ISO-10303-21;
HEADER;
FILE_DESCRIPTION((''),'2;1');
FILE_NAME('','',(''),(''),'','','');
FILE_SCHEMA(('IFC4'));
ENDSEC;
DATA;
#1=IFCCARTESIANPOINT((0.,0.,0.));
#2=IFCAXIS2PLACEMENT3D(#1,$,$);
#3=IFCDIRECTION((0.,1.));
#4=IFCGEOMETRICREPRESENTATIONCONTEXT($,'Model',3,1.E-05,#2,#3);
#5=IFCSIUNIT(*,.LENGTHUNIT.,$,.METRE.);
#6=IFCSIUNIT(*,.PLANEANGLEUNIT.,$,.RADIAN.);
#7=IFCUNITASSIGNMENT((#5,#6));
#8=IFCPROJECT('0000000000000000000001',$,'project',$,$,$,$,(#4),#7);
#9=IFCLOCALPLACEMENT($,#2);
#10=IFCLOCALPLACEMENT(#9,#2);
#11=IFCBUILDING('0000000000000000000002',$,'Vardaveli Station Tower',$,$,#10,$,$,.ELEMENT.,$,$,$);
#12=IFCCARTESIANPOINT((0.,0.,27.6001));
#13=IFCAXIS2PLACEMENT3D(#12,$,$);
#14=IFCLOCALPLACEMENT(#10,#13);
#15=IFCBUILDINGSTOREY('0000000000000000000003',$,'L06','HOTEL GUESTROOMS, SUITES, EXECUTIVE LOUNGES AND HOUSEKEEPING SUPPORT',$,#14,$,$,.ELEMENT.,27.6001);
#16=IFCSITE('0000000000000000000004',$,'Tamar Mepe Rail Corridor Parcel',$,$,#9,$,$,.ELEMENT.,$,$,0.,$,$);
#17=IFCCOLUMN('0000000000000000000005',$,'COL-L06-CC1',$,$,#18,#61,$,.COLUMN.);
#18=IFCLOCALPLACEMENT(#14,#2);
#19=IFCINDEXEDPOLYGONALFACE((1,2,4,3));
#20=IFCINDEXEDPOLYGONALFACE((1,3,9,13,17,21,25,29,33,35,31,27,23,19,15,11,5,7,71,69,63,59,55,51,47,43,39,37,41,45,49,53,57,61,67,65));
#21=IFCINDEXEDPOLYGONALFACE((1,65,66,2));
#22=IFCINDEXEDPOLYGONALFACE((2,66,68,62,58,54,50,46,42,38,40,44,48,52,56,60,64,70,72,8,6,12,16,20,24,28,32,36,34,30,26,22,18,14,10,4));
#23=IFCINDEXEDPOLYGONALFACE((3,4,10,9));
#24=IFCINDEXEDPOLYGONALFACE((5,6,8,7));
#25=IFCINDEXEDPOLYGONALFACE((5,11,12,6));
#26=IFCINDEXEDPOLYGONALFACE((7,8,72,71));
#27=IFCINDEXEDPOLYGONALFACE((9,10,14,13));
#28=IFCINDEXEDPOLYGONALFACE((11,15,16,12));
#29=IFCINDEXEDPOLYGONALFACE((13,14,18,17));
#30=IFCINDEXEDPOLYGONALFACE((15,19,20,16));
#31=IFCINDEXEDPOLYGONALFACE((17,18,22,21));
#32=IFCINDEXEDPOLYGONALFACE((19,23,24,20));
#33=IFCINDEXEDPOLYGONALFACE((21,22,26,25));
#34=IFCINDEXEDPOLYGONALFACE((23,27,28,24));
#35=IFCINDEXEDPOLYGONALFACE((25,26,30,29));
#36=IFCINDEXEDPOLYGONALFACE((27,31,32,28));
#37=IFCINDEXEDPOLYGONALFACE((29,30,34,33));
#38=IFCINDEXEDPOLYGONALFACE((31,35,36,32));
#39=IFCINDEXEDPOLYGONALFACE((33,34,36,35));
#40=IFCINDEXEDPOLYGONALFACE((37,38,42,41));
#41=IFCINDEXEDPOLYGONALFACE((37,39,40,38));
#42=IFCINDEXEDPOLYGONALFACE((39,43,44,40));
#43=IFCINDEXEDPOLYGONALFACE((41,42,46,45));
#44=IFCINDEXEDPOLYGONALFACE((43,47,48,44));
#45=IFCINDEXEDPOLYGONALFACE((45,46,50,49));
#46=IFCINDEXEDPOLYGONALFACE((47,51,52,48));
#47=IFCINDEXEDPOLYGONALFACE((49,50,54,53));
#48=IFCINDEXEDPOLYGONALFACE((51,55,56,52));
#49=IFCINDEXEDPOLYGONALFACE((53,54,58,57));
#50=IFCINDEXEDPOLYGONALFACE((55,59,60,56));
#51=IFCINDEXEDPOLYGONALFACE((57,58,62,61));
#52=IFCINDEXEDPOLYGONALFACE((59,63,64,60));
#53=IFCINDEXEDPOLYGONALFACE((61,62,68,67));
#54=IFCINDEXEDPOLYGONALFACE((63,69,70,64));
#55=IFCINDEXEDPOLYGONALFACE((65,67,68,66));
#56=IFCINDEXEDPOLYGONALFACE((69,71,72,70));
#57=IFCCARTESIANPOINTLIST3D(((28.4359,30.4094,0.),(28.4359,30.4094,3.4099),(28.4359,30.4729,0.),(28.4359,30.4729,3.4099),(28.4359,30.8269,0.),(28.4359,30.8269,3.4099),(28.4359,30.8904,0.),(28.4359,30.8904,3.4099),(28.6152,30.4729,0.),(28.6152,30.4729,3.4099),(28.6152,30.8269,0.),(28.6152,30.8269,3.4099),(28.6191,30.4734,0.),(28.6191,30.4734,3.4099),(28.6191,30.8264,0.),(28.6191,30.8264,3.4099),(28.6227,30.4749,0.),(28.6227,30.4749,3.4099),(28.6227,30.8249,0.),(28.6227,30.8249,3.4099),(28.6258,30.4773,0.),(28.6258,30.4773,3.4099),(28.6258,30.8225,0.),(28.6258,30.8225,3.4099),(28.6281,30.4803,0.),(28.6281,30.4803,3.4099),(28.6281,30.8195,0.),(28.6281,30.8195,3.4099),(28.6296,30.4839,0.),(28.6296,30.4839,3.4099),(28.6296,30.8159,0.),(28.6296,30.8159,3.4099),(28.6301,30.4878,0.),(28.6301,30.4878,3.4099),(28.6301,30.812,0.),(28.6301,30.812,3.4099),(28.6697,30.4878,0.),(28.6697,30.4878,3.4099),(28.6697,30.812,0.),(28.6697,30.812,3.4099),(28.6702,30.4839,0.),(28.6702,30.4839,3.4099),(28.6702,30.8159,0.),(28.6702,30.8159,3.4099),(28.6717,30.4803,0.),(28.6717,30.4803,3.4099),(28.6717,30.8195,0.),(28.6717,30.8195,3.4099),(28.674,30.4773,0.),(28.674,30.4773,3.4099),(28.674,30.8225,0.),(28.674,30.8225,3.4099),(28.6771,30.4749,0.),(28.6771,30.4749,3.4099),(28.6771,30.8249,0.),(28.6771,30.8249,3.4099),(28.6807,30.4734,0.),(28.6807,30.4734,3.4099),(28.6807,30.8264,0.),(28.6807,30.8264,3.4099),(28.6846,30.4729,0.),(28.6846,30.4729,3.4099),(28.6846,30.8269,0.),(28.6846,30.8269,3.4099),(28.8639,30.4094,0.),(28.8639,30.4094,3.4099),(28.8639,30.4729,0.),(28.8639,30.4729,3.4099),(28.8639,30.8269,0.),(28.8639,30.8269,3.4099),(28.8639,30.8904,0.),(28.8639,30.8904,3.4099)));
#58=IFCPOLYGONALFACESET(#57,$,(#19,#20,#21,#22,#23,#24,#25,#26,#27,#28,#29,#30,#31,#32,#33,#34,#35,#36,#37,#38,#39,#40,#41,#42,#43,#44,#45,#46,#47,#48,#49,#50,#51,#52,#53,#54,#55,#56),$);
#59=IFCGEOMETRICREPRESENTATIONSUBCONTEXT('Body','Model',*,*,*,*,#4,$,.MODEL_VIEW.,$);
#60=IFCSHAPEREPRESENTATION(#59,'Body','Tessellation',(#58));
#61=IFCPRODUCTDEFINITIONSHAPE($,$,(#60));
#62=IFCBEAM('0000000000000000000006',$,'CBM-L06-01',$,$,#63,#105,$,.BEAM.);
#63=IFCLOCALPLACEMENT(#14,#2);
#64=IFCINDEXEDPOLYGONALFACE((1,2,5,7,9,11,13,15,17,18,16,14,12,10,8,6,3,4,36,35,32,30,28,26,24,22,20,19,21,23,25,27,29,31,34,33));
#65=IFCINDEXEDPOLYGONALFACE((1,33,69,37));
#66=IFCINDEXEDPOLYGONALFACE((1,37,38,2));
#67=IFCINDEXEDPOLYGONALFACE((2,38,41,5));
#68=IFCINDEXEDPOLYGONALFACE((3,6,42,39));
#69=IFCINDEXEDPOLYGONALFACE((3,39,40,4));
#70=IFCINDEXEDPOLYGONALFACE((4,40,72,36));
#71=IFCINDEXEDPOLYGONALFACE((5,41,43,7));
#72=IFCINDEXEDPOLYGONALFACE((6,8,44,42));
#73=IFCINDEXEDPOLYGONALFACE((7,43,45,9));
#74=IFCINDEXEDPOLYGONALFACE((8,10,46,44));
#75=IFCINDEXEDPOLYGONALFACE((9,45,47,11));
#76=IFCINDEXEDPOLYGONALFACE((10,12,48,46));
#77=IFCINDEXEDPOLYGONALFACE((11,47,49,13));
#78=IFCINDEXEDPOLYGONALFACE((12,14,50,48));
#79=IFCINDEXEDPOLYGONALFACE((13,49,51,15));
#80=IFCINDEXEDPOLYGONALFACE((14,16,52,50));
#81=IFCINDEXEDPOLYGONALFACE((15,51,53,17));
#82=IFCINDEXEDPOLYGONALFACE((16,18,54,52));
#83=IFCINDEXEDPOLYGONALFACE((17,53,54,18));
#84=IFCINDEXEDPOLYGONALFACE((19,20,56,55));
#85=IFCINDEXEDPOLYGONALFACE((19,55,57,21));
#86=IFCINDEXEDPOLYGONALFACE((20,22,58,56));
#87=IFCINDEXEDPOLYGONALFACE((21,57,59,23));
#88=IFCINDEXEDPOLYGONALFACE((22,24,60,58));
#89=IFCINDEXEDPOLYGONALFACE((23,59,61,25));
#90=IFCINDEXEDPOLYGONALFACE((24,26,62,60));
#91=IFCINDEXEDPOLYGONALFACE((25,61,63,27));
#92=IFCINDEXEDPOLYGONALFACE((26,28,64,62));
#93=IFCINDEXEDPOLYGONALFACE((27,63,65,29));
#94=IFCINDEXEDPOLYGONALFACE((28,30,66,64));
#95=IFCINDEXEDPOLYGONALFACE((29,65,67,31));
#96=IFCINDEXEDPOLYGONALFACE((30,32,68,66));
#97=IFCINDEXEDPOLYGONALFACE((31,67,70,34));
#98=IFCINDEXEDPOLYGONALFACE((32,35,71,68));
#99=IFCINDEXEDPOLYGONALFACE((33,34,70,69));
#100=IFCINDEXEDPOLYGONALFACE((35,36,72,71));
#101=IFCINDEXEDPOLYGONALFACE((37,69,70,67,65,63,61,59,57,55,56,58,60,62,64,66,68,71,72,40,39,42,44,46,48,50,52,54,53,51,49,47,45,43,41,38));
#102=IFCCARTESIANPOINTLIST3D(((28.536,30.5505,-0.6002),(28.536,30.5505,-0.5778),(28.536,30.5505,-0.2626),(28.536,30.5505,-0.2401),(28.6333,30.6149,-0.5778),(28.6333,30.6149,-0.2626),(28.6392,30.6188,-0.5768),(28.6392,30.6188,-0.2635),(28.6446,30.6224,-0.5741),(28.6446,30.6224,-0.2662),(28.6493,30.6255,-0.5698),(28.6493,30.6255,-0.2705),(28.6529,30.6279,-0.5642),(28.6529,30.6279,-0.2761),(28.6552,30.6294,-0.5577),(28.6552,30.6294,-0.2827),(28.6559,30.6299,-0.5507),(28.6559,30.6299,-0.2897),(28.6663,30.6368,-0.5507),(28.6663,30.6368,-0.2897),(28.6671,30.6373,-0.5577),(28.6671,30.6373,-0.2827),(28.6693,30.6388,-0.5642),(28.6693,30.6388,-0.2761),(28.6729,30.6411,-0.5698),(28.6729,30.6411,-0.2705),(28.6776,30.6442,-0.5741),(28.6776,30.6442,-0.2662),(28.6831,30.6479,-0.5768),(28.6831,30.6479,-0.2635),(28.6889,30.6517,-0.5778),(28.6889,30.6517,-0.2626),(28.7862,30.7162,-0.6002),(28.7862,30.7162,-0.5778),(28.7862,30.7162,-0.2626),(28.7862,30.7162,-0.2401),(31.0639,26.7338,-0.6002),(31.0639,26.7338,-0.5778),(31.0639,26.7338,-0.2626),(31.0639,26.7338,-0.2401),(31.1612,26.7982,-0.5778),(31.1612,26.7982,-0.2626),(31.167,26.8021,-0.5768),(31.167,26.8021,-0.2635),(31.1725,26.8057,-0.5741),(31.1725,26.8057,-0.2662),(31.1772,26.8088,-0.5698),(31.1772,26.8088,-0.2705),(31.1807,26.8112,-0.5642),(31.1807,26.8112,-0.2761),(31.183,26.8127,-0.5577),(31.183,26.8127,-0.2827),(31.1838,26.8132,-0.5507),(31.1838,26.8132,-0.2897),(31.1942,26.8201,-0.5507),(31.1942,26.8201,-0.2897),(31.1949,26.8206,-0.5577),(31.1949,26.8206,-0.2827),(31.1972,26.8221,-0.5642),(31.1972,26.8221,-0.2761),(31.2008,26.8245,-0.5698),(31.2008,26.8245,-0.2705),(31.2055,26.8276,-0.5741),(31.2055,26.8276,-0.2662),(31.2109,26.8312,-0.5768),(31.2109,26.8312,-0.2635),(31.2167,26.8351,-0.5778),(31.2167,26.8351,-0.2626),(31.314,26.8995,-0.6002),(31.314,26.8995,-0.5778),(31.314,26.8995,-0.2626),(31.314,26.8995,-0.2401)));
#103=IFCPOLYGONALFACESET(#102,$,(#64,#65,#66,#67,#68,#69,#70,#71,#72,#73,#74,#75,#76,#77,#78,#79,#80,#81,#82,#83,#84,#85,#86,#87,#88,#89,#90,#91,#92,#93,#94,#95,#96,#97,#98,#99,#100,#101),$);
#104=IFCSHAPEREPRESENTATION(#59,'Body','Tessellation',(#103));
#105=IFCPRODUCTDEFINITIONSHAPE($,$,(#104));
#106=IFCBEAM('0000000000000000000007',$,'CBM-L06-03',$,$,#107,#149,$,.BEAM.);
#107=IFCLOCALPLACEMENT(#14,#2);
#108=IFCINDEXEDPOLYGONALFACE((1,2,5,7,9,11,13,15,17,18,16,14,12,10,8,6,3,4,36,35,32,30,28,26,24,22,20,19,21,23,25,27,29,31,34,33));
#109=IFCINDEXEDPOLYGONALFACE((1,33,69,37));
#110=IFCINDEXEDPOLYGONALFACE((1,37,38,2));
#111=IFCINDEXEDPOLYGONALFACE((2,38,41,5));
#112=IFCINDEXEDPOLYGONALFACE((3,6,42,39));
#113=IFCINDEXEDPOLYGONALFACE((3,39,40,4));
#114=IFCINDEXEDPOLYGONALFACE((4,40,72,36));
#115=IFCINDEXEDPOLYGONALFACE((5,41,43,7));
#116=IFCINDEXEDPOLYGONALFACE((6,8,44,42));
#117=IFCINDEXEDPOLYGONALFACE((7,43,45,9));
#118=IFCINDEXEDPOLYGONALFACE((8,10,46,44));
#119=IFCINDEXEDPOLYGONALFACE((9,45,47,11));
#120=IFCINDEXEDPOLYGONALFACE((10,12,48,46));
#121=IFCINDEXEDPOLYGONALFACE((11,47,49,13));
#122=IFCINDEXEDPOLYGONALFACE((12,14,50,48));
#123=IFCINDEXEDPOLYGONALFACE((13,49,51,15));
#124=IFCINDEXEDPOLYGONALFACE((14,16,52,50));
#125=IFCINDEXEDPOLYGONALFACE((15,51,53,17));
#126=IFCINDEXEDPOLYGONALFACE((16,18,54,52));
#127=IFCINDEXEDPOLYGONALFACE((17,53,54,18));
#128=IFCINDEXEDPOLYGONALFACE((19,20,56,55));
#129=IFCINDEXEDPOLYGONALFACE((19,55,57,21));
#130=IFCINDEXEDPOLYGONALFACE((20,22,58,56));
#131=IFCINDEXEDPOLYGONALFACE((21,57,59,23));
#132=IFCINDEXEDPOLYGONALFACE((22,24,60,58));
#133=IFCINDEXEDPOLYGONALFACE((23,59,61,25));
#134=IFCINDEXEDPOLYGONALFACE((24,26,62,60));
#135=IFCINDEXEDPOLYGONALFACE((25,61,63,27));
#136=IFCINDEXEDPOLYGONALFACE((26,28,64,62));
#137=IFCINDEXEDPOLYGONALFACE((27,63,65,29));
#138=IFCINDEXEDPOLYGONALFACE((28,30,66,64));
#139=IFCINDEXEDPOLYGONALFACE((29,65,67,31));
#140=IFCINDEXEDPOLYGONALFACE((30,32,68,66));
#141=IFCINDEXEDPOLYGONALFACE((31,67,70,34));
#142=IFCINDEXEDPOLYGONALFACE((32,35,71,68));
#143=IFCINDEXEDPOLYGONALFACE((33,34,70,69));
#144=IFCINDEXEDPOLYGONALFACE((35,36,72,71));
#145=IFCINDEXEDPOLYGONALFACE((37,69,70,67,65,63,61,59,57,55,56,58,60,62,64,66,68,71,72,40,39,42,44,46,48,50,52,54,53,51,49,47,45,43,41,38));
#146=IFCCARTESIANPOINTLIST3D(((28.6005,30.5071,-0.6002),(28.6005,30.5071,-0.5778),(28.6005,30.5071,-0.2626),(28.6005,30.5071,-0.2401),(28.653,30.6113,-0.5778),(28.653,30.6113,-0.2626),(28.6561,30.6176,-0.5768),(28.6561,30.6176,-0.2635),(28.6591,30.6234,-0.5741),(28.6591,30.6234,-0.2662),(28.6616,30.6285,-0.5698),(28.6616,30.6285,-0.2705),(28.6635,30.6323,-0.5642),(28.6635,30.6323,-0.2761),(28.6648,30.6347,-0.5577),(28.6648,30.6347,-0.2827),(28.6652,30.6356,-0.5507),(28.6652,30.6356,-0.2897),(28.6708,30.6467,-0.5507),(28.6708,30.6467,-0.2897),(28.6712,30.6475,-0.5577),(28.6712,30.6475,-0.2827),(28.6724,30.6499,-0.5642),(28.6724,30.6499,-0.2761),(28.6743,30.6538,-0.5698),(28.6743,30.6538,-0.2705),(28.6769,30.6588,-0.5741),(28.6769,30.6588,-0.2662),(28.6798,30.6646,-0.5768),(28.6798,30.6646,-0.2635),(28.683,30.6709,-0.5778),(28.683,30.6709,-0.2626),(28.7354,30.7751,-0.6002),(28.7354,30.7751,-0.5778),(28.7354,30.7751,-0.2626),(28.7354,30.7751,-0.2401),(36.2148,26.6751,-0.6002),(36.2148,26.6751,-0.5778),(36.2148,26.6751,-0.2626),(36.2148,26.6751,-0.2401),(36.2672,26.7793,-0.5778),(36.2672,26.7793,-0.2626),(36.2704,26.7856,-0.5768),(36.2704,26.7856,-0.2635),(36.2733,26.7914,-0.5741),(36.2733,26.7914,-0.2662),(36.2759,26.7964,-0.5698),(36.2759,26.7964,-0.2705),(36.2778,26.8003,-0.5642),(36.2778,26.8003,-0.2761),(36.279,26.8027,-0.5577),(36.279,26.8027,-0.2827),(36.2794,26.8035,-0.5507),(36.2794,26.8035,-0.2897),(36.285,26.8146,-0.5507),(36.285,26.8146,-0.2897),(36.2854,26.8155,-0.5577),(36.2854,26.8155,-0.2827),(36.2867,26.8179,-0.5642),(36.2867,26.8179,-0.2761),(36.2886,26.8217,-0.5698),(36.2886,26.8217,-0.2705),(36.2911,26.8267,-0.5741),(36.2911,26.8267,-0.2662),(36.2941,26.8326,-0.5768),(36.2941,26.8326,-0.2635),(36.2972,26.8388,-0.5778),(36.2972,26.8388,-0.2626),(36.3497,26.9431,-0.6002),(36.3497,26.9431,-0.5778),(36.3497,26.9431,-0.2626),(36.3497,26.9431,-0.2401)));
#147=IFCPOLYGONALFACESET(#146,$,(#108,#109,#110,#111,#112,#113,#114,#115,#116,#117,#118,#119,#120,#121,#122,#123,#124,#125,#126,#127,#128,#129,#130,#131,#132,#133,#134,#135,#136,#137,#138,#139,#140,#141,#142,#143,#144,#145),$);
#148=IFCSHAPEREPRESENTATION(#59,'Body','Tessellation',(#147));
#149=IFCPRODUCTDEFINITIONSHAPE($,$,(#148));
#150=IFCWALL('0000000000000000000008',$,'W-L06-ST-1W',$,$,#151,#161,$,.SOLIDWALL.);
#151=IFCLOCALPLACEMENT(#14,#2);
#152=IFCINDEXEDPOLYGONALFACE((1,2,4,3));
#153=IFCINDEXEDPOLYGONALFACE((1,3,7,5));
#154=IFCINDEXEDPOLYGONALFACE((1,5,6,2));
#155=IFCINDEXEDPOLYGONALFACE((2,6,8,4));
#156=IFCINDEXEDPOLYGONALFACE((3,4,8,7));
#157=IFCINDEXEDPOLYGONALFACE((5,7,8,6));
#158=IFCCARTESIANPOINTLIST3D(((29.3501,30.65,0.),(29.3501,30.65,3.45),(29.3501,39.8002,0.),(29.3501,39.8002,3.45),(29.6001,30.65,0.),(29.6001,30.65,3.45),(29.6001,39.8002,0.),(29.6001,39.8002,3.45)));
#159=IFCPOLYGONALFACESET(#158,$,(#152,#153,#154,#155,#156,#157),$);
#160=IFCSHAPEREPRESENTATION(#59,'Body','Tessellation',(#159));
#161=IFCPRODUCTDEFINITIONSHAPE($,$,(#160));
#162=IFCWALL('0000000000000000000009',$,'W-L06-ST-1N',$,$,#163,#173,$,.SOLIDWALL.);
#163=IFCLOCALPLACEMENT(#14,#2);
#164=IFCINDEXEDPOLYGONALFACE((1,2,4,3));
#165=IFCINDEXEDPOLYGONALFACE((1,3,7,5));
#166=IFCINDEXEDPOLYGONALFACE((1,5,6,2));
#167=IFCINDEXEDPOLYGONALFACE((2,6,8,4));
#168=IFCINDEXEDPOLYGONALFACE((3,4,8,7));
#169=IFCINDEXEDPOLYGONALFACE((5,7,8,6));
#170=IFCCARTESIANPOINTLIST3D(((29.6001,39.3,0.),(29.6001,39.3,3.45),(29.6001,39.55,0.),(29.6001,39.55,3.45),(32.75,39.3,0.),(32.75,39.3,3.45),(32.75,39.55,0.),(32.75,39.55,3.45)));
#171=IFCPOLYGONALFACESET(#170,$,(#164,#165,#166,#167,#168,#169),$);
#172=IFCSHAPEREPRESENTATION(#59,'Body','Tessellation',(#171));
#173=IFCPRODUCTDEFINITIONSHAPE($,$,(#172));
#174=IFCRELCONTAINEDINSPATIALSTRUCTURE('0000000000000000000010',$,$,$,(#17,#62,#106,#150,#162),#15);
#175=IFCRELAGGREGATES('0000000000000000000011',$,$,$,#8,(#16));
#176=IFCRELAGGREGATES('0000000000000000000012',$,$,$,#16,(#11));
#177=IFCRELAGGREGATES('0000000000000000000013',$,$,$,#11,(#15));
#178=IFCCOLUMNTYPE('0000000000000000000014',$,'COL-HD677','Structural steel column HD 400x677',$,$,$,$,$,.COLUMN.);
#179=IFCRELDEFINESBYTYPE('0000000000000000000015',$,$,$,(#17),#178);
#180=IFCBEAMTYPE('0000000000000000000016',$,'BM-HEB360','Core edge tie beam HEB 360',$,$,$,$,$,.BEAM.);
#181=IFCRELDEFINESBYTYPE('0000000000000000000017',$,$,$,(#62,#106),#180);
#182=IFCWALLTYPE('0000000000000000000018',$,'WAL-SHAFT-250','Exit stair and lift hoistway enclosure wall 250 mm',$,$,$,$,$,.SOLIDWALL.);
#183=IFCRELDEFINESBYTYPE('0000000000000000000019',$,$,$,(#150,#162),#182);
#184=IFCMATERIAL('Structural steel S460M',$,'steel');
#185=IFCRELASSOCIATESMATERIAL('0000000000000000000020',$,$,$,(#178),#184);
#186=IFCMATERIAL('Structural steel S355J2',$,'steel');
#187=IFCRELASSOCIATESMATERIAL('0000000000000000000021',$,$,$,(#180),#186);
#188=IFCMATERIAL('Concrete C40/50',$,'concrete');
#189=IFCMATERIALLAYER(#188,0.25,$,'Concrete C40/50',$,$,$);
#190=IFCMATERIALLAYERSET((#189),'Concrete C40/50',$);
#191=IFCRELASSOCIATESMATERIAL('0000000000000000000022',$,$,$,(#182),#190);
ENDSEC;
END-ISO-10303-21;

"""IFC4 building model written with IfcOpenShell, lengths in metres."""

from ifc_helpers import new_model, si_unit, direction, frame, frame_2d, origin, origin_2d, place, context, subcontext, project, spatial, rectangle, i_section, extrude, source, transform, mapped, material, layer, layer_set, material_profile, profile_set, type_object, element, save


model = new_model("IFC4")

# Units and contexts
model_context = context("Model", 3, precision=1e-05, world=origin(), true_north=direction((0.0, 1.0)))
body_context = subcontext(model_context, "Body", "Model", "MODEL_VIEW")
ifc_project = project(units=[si_unit("LENGTHUNIT", "METRE"), si_unit("PLANEANGLEUNIT", "RADIAN")], contexts=[model_context])

# Site, building, storey
site_placement = place(None, origin())
site = spatial("IfcSite", under=ifc_project, at=site_placement, Name="Tamar Mepe Rail Corridor Parcel", CompositionType="ELEMENT", RefElevation=0.0)
building_placement = place(site_placement, origin())
building = spatial("IfcBuilding", under=site, at=building_placement, Name="Vardaveli Station Tower", CompositionType="ELEMENT")
storey_placement = place(building_placement, frame((0.0, 0.0, 27.6001)))
storey = spatial("IfcBuildingStorey", under=building, at=storey_placement, Name="L06", Description="HOTEL GUESTROOMS, SUITES, EXECUTIVE LOUNGES AND HOUSEKEEPING SUPPORT", CompositionType="ELEMENT", Elevation=27.6001)

# Column
ifc_material_1 = material(Name="Structural steel S460M", Category="steel")
ifc_material_profile_1 = material_profile(ifc_material_1, i_section(OverallWidth=0.428, OverallDepth=0.481, WebThickness=0.0396, FlangeThickness=0.0635, FilletRadius=0.0149, at=origin_2d()), Name="HD 400x677")
ifc_profile_set_1 = profile_set([ifc_material_profile_1], Name="Structural steel S460M")
column_type = type_object("IfcColumnType", Name="COL-HD677", Description="Structural steel column HD 400x677", PredefinedType="COLUMN", material=ifc_profile_set_1)
shared_shape_1 = source(origin(), body_context, "Body", "SweptSolid", [
    extrude(i_section(OverallWidth=0.428, OverallDepth=0.481, WebThickness=0.0396, FlangeThickness=0.0635, FilletRadius=0.0149, at=origin_2d()), origin(), (0.0, 0.0, 1.0), 3.4099),
])
column_placement = place(storey_placement, frame((28.6499, 30.6499, 0.0), z_axis=(0.0, 0.0, 1.0), x_axis=(1.0, 0.0, 0.0)))
element("IfcColumn", 1, at=column_placement, inside=storey, type_object=column_type, Name="COL-L06-CC1", PredefinedType="COLUMN", context=body_context, shape_type="MappedRepresentation", body=[
    mapped(shared_shape_1, transform((0.0, 0.0, 0.0), scale=1.0)),
])

# Beams
ifc_material_2 = material(Name="Structural steel S355J2", Category="steel")
ifc_material_profile_2 = material_profile(ifc_material_2, i_section(OverallWidth=0.3, OverallDepth=0.3601, WebThickness=0.0125, FlangeThickness=0.0225, FilletRadius=0.0271, at=origin_2d()), Name="HEB 360")
ifc_profile_set_2 = profile_set([ifc_material_profile_2], Name="Structural steel S355J2")
beam_type = type_object("IfcBeamType", Name="BM-HEB360", Description="Core edge tie beam HEB 360", PredefinedType="BEAM", material=ifc_profile_set_2)
shared_shape_2 = source(origin(), body_context, "Body", "SweptSolid", [
    extrude(i_section(OverallWidth=0.3, OverallDepth=0.3601, WebThickness=0.0125, FlangeThickness=0.0225, FilletRadius=0.0271, at=origin_2d()), origin(), (0.0, 0.0, 1.0), 4.5779),
])
beam_1_placement = place(storey_placement, frame((31.189, 26.8167, -0.4202), z_axis=(-0.552187, 0.83372, 0.0), x_axis=(-0.83372, -0.552187, 0.0)))
element("IfcBeam", 2, at=beam_1_placement, inside=storey, type_object=beam_type, Name="CBM-L06-01", PredefinedType="BEAM", context=body_context, shape_type="MappedRepresentation", body=[
    mapped(shared_shape_2, transform((0.0, 0.0, 0.0), scale=1.0)),
])
shared_shape_3 = source(origin(), body_context, "Body", "SweptSolid", [
    extrude(i_section(OverallWidth=0.3, OverallDepth=0.3601, WebThickness=0.0125, FlangeThickness=0.0225, FilletRadius=0.0271, at=origin_2d()), origin(), (0.0, 0.0, 1.0), 8.5242),
])
beam_2_placement = place(storey_placement, frame((28.668, 30.6411, -0.4202), z_axis=(0.893256, -0.449549, 0.0), x_axis=(0.449549, 0.893256, 0.0)))
element("IfcBeam", 3, at=beam_2_placement, inside=storey, type_object=beam_type, Name="CBM-L06-03", PredefinedType="BEAM", context=body_context, shape_type="MappedRepresentation", body=[
    mapped(shared_shape_3, transform((0.0, 0.0, 0.0), scale=1.0)),
])

# Walls
ifc_material_3 = material(Name="Concrete C40/50", Category="concrete")
ifc_layer_1 = layer(ifc_material_3, 0.25, Name="Concrete C40/50")
ifc_layer_set_1 = layer_set([ifc_layer_1], Name="Concrete C40/50")
wall_type_1 = type_object("IfcWallType", Name="WAL-SHAFT-250", Description="Exit stair and lift hoistway enclosure wall 250 mm", PredefinedType="SOLIDWALL", material=ifc_layer_set_1)
shared_shape_4 = source(origin(), body_context, "Body", "SweptSolid", [
    extrude(rectangle(XDim=9.1501, YDim=0.25, at=frame_2d((4.5752, 0.0))), origin(), (0.0, 0.0, 1.0), 3.45),
])
wall_1_placement = place(storey_placement, frame((29.4751, 30.6499, 0.0), z_axis=(0.0, 0.0, 1.0), x_axis=(0.0, 1.0, 0.0)))
element("IfcWall", 4, at=wall_1_placement, inside=storey, type_object=wall_type_1, Name="W-L06-ST-1W", PredefinedType="SOLIDWALL", context=body_context, shape_type="MappedRepresentation", body=[
    mapped(shared_shape_4, transform((0.0, 0.0, 0.0), scale=1.0)),
])
shared_shape_5 = source(origin(), body_context, "Body", "SweptSolid", [
    extrude(rectangle(XDim=3.1499, YDim=0.25, at=frame_2d((1.575, 0.0))), origin(), (0.0, 0.0, 1.0), 3.45),
])
wall_2_placement = place(storey_placement, frame((29.6001, 39.425, 0.0), z_axis=(0.0, 0.0, 1.0), x_axis=(1.0, 0.0, 0.0)))
element("IfcWall", 5, at=wall_2_placement, inside=storey, type_object=wall_type_1, Name="W-L06-ST-1N", PredefinedType="SOLIDWALL", context=body_context, shape_type="MappedRepresentation", body=[
    mapped(shared_shape_5, transform((0.0, 0.0, 0.0), scale=1.0)),
])

save(model, "model.ifc")
